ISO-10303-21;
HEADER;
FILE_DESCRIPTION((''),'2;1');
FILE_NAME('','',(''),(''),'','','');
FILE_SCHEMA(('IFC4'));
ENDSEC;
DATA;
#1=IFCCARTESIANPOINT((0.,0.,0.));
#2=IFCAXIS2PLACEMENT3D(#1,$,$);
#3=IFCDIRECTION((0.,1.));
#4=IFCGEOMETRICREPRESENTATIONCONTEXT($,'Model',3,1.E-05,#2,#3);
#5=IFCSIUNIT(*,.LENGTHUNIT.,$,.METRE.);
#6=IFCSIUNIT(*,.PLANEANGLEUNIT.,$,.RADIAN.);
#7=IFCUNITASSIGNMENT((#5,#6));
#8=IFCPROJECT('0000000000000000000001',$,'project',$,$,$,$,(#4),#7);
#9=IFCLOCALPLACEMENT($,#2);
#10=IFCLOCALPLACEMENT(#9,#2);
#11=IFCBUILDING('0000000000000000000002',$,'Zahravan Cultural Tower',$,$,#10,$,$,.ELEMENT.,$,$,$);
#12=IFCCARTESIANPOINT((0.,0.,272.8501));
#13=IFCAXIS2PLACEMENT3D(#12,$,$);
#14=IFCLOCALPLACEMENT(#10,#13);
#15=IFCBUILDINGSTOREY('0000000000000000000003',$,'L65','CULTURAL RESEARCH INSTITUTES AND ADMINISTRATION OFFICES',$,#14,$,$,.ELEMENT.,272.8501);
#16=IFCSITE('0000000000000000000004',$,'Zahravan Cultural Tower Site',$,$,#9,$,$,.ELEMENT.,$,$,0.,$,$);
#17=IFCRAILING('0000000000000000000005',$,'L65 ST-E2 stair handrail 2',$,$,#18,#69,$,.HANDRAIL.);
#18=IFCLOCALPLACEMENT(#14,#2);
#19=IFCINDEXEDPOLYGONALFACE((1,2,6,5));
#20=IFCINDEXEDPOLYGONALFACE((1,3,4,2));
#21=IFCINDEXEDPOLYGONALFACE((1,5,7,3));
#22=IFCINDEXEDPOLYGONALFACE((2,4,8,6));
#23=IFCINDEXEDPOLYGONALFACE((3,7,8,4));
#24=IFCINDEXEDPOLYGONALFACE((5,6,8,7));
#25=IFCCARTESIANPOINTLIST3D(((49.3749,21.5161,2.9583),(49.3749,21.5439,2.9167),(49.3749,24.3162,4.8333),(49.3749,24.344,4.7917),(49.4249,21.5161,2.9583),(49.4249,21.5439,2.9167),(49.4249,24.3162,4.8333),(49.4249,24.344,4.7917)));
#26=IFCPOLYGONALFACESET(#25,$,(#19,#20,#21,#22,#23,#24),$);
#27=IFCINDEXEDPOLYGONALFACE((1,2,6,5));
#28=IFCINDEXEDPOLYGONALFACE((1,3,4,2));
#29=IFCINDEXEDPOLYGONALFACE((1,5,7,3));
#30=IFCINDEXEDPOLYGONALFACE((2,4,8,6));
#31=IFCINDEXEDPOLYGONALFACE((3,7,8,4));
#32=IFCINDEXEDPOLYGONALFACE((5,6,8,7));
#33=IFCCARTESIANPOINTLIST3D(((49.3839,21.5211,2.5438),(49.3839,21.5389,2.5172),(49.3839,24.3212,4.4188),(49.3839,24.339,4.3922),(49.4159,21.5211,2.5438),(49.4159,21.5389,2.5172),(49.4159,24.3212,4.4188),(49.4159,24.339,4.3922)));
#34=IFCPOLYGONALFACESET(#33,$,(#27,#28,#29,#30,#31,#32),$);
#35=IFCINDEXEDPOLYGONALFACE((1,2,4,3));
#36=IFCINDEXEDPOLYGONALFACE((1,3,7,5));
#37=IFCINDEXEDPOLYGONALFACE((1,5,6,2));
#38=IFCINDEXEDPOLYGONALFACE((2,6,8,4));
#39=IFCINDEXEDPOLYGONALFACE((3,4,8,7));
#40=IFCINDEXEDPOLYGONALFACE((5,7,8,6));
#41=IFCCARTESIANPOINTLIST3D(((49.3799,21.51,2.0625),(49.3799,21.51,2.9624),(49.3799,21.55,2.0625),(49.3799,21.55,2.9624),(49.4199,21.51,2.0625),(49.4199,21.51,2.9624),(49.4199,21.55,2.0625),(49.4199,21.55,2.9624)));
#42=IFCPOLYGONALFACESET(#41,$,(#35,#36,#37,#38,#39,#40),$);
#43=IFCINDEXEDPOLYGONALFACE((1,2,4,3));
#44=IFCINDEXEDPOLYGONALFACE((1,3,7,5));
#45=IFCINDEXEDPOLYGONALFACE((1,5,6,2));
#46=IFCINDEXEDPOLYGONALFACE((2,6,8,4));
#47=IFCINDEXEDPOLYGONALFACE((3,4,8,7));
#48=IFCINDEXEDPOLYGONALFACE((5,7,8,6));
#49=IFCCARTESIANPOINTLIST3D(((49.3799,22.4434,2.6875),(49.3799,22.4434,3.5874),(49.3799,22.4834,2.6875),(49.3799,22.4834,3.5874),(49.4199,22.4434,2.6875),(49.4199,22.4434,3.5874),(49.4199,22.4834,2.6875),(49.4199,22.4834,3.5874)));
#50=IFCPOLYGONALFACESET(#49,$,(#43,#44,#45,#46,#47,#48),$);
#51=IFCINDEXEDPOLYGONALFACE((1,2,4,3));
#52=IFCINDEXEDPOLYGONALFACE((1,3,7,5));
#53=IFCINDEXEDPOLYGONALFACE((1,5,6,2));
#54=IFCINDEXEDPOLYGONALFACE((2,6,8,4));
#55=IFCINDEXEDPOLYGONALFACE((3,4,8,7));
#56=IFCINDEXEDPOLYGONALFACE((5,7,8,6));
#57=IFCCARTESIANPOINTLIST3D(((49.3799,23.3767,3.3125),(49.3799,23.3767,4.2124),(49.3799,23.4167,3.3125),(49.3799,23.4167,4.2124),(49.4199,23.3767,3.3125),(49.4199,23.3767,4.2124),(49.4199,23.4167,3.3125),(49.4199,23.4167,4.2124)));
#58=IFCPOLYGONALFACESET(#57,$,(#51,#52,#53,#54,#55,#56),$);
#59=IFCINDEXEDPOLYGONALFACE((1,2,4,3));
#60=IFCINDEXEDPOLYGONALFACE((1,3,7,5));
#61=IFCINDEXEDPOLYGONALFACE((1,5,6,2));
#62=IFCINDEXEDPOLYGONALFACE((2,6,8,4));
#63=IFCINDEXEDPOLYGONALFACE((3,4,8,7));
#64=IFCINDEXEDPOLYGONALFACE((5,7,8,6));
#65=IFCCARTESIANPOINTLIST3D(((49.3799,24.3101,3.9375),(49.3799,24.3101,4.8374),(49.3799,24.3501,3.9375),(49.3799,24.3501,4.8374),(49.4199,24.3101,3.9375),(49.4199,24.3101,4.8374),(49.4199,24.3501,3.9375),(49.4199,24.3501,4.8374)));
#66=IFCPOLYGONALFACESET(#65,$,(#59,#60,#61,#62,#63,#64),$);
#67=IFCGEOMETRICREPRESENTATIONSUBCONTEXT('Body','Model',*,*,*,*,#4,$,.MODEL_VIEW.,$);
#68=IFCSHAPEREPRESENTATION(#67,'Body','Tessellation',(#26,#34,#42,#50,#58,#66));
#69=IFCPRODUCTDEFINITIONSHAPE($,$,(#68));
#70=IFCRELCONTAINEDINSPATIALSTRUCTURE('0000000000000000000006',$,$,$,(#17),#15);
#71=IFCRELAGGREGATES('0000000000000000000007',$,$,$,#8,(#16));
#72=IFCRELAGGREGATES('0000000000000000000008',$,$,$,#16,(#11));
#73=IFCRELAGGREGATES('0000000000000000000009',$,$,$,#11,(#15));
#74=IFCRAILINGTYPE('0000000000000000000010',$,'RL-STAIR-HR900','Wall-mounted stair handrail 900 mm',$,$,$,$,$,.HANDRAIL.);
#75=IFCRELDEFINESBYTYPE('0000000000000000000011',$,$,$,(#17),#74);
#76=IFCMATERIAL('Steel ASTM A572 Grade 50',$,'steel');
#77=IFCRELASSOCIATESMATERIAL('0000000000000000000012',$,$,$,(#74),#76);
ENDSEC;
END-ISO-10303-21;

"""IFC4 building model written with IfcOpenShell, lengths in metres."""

from ifc_helpers import new_model, si_unit, direction, frame, origin, origin_2d, place, context, subcontext, project, spatial, rectangle, extrude, material, type_object, element, save


model = new_model("IFC4")

# Units and contexts
model_context = context("Model", 3, precision=1e-05, world=origin(), true_north=direction((0.0, 1.0)))
body_context = subcontext(model_context, "Body", "Model", "MODEL_VIEW")
ifc_project = project(units=[si_unit("LENGTHUNIT", "METRE"), si_unit("PLANEANGLEUNIT", "RADIAN")], contexts=[model_context])

# Site, building, storey
site_placement = place(None, origin())
site = spatial("IfcSite", under=ifc_project, at=site_placement, Name="Zahravan Cultural Tower Site", CompositionType="ELEMENT", RefElevation=0.0)
building_placement = place(site_placement, origin())
building = spatial("IfcBuilding", under=site, at=building_placement, Name="Zahravan Cultural Tower", CompositionType="ELEMENT")
storey_placement = place(building_placement, frame((0.0, 0.0, 272.8501)))
storey = spatial("IfcBuildingStorey", under=building, at=storey_placement, Name="L65", Description="CULTURAL RESEARCH INSTITUTES AND ADMINISTRATION OFFICES", CompositionType="ELEMENT", Elevation=272.8501)

# Shared definitions
ifc_material_1 = material(Name="Steel ASTM A572 Grade 50", Category="steel")

# Railing
railing_type_1 = type_object("IfcRailingType", Name="RL-STAIR-HR900", Description="Wall-mounted stair handrail 900 mm", PredefinedType="HANDRAIL", material=ifc_material_1)
railing_1_placement = place(storey_placement, frame((49.3999, 21.53, 2.0625)))
element("IfcRailing", 1, at=railing_1_placement, inside=storey, type_object=railing_type_1, Name="L65 ST-E2 stair handrail 2", PredefinedType="HANDRAIL", context=body_context, shape_type="SweptSolid", body=[
    extrude(rectangle(XDim=0.05, YDim=0.05, at=origin_2d()), frame((0.0, 0.0, 0.875), z_axis=(0.0, 0.830912, 0.556404), x_axis=(-1.0, 0.0, 0.0)), (0.0, 0.0, 1.0), 3.3699),
    extrude(rectangle(XDim=0.032, YDim=0.032, at=origin_2d()), frame((0.0, 0.0, 0.468), z_axis=(0.0, 0.830912, 0.556404), x_axis=(-1.0, 0.0, 0.0)), (0.0, 0.0, 1.0), 3.3699),
    extrude(rectangle(XDim=0.04, YDim=0.04, at=origin_2d()), origin(), (0.0, 0.0, 1.0), 0.8999),
    extrude(rectangle(XDim=0.04, YDim=0.04, at=origin_2d()), frame((0.0, 0.9333, 0.625)), (0.0, 0.0, 1.0), 0.8999),
    extrude(rectangle(XDim=0.04, YDim=0.04, at=origin_2d()), frame((0.0, 1.8667, 1.25)), (0.0, 0.0, 1.0), 0.8999),
    extrude(rectangle(XDim=0.04, YDim=0.04, at=origin_2d()), frame((0.0, 2.8, 1.875)), (0.0, 0.0, 1.0), 0.8999),
])

save(model, "model.ifc")
